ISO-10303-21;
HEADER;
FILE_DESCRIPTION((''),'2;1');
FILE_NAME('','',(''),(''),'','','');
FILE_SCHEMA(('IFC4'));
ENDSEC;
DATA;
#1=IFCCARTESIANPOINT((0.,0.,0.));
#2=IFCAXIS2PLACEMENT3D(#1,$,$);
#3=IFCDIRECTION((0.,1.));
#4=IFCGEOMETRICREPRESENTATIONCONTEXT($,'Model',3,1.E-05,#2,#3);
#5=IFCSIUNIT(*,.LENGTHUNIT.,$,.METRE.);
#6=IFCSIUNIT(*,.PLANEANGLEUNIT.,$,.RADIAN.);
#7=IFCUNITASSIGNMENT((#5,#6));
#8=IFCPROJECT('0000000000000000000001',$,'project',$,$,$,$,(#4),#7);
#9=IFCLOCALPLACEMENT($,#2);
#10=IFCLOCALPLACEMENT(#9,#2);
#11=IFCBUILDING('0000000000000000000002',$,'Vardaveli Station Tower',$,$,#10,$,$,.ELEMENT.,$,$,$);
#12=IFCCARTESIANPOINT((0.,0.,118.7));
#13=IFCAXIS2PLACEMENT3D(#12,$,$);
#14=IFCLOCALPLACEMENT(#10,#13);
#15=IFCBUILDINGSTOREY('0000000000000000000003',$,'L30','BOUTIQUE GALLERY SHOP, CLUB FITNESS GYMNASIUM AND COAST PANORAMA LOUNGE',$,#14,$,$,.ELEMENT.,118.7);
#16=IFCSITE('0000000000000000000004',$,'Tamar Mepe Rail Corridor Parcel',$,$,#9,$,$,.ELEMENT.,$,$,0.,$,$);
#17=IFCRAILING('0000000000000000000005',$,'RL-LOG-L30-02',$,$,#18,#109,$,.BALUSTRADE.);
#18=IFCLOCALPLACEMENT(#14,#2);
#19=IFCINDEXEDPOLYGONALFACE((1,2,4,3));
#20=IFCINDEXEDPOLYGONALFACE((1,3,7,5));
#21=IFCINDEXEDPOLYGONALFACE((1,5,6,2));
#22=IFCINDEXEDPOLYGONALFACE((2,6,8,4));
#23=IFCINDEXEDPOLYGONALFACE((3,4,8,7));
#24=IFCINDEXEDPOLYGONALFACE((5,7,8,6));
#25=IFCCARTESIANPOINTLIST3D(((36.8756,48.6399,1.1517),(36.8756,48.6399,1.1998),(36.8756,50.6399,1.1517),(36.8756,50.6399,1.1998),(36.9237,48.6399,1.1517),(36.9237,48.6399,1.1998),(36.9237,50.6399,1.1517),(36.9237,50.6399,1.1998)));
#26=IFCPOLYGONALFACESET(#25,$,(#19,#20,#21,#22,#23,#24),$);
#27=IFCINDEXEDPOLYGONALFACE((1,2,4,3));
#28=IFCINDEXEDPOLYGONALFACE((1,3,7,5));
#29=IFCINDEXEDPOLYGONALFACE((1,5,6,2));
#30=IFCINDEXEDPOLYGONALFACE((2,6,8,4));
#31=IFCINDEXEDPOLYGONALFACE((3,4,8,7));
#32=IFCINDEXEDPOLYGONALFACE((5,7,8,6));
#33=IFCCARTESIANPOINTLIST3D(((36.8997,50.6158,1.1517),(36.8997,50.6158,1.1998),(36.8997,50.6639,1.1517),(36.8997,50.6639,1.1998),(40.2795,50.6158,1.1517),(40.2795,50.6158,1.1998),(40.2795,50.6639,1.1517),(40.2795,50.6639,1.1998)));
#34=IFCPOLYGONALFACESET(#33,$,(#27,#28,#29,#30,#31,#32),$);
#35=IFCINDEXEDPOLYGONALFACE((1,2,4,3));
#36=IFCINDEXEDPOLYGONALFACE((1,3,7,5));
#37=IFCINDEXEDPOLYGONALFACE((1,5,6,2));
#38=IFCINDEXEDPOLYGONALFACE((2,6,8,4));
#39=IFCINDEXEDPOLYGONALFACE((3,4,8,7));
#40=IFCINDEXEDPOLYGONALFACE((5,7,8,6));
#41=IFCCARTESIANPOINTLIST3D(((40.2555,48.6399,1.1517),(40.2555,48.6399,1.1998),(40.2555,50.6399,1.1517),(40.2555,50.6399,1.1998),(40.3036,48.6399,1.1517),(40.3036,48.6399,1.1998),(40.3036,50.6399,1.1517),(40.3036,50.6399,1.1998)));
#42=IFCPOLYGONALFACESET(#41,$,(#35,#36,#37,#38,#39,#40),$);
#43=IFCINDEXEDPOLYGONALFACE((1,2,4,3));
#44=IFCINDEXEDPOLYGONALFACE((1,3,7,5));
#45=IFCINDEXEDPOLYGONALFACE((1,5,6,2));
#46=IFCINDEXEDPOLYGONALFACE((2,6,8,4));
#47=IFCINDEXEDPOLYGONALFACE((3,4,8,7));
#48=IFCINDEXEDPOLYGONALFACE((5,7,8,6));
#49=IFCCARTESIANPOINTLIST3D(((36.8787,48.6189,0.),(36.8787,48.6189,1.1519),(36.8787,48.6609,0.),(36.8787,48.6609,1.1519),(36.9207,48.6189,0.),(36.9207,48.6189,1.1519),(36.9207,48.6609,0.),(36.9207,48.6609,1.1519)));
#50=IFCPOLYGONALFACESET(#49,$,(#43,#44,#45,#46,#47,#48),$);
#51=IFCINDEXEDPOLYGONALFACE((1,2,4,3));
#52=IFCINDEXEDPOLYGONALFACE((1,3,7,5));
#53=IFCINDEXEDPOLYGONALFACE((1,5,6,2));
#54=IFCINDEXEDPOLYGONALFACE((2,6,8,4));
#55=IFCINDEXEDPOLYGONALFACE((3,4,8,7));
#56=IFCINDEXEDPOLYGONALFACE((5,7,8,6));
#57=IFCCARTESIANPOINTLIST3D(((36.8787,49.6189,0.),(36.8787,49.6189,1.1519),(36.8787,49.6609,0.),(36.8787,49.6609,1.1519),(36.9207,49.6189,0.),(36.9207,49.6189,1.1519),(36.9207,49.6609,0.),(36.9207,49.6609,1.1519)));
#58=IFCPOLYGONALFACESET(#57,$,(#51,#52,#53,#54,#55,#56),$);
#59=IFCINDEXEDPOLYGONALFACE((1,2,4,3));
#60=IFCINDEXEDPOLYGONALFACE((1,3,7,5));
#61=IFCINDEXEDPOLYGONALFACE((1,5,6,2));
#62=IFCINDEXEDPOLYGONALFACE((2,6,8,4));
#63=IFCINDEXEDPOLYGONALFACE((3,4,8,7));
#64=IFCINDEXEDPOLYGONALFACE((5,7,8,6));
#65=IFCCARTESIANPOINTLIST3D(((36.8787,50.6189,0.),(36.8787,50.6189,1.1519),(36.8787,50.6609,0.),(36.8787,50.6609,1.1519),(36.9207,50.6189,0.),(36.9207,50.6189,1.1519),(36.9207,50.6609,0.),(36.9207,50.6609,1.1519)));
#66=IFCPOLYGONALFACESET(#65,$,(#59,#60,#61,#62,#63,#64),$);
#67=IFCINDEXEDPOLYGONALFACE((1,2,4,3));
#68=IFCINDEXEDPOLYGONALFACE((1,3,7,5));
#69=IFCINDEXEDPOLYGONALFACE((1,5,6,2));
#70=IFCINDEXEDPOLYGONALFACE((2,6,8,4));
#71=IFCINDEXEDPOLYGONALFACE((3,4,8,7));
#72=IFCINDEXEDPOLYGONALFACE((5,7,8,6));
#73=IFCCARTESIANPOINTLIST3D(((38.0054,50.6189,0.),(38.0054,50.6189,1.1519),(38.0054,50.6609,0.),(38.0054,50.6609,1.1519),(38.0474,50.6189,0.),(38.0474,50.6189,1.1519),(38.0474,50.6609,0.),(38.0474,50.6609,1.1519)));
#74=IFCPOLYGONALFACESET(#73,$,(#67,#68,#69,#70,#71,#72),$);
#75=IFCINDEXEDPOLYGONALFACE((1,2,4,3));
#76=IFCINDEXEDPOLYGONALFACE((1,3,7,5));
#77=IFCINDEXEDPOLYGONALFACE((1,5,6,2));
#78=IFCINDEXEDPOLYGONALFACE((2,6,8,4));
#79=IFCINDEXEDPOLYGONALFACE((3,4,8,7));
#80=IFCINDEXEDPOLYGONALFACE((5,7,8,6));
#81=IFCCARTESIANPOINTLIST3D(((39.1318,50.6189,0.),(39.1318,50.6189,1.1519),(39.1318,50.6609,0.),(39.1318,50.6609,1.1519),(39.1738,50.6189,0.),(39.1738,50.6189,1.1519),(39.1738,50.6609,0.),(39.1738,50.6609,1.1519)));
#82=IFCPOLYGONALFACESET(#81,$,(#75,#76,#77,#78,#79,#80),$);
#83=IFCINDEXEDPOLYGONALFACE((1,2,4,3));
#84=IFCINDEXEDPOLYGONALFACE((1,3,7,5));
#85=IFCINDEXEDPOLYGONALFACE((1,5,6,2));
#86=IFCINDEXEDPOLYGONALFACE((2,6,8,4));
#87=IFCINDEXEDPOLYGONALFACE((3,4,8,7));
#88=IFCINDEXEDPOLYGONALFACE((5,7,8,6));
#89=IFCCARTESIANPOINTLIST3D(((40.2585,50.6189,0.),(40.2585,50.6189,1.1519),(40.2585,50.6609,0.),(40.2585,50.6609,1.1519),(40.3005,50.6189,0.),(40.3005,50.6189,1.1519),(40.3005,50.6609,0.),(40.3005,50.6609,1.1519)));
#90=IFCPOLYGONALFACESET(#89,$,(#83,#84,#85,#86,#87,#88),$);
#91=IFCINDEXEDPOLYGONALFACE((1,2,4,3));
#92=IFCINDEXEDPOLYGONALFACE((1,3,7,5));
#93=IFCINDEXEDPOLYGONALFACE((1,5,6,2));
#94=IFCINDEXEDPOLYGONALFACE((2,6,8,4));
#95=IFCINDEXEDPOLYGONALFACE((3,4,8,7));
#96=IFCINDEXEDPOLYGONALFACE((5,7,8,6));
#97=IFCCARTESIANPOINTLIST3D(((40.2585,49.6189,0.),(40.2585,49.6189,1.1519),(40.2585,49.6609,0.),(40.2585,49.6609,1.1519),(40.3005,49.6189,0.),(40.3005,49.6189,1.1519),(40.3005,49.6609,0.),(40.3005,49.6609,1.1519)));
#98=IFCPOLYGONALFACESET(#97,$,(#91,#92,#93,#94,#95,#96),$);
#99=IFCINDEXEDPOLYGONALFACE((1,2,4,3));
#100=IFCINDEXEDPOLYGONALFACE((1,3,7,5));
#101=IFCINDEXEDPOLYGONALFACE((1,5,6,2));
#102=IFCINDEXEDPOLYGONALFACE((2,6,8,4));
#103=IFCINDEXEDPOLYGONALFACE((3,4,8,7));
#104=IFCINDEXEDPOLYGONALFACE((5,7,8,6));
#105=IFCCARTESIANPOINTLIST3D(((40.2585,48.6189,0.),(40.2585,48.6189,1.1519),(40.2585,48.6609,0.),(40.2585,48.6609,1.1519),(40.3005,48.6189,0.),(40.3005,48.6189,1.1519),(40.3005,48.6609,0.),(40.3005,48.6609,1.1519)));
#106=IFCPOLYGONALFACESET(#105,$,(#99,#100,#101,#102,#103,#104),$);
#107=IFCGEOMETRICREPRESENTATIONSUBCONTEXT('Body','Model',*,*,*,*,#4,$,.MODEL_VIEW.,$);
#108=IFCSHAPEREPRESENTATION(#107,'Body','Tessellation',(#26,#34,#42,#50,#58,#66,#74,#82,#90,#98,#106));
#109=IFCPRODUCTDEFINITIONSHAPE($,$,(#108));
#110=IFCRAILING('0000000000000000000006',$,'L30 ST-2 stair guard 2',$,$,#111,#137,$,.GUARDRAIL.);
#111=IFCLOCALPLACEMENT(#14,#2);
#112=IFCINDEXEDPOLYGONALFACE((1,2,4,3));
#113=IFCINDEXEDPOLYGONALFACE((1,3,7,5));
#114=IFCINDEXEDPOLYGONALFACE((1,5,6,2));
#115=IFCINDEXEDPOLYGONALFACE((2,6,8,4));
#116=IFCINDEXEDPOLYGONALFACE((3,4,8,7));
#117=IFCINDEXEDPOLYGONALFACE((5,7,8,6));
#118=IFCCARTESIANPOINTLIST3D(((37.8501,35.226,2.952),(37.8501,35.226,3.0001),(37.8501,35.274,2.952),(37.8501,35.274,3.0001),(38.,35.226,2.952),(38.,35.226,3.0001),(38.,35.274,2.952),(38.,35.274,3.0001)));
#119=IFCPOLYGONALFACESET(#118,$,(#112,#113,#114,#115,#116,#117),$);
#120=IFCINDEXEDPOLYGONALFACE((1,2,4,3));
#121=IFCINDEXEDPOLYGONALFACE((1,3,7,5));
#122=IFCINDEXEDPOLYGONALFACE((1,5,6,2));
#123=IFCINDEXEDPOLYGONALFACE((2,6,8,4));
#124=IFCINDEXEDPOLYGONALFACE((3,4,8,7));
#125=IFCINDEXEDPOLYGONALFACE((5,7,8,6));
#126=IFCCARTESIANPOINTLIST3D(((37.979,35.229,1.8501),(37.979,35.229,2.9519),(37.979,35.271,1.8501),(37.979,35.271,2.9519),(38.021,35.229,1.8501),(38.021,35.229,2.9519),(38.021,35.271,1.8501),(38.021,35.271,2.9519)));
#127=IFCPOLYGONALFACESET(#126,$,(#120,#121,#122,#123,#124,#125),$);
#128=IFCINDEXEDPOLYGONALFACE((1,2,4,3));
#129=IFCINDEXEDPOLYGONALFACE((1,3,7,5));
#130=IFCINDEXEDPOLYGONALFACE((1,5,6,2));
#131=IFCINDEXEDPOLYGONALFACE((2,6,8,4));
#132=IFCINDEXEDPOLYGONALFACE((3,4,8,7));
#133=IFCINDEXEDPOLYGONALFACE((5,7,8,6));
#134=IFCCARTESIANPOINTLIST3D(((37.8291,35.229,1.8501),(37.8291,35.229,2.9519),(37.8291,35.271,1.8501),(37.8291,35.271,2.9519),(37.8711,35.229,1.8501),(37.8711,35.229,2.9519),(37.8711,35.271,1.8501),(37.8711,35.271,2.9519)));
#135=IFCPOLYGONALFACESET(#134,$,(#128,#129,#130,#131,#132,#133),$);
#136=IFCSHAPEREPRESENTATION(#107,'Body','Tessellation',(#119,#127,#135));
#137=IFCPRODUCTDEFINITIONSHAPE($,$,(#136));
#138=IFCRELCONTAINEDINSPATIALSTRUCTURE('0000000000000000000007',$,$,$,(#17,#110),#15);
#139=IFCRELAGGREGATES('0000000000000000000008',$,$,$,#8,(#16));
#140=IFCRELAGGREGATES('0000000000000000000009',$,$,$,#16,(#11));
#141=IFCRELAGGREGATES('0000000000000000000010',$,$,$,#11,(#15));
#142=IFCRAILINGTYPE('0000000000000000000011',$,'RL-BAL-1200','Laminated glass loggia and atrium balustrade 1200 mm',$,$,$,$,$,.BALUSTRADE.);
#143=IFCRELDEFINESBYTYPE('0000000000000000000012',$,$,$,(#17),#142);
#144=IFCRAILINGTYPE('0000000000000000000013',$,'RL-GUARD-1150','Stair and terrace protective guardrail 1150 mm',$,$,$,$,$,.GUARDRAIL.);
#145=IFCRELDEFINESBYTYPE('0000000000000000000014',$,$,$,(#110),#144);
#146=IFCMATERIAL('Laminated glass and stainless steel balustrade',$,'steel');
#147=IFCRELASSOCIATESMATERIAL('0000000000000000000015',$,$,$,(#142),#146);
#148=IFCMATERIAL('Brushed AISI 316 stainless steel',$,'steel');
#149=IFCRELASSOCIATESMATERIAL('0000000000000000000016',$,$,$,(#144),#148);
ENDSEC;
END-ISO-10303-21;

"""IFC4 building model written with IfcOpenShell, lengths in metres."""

from ifc_helpers import new_model, si_unit, direction, frame, origin, origin_2d, place, context, subcontext, project, spatial, rectangle, extrude, source, transform, mapped, material, type_object, element, save


model = new_model("IFC4")

# Units and contexts
model_context = context("Model", 3, precision=1e-05, world=origin(), true_north=direction((0.0, 1.0)))
body_context = subcontext(model_context, "Body", "Model", "MODEL_VIEW")
ifc_project = project(units=[si_unit("LENGTHUNIT", "METRE"), si_unit("PLANEANGLEUNIT", "RADIAN")], contexts=[model_context])

# Site, building, storey
site_placement = place(None, origin())
site = spatial("IfcSite", under=ifc_project, at=site_placement, Name="Tamar Mepe Rail Corridor Parcel", CompositionType="ELEMENT", RefElevation=0.0)
building_placement = place(site_placement, origin())
building = spatial("IfcBuilding", under=site, at=building_placement, Name="Vardaveli Station Tower", CompositionType="ELEMENT")
storey_placement = place(building_placement, frame((0.0, 0.0, 118.7)))
storey = spatial("IfcBuildingStorey", under=building, at=storey_placement, Name="L30", Description="BOUTIQUE GALLERY SHOP, CLUB FITNESS GYMNASIUM AND COAST PANORAMA LOUNGE", CompositionType="ELEMENT", Elevation=118.7)

# Railings
ifc_material_1 = material(Name="Laminated glass and stainless steel balustrade", Category="steel")
railing_type_1 = type_object("IfcRailingType", Name="RL-BAL-1200", Description="Laminated glass loggia and atrium balustrade 1200 mm", PredefinedType="BALUSTRADE", material=ifc_material_1)
shared_shape_1 = source(origin(), body_context, "Body", "SweptSolid", [
    extrude(rectangle(XDim=0.0481, YDim=0.0481, at=origin_2d()), frame((0.0, 0.0, 1.1758), z_axis=(0.0, 1.0, 0.0), x_axis=(-1.0, 0.0, 0.0)), (0.0, 0.0, 1.0), 2.0),
    extrude(rectangle(XDim=0.0481, YDim=0.0481, at=origin_2d()), frame((0.0, 2.0, 1.1758), z_axis=(1.0, 0.0, 0.0), x_axis=(0.0, 1.0, 0.0)), (0.0, 0.0, 1.0), 3.3799),
    extrude(rectangle(XDim=0.0481, YDim=0.0481, at=origin_2d()), frame((3.3799, 2.0, 1.1758), z_axis=(0.0, -1.0, 0.0), x_axis=(1.0, 0.0, 0.0)), (0.0, 0.0, 1.0), 2.0),
    extrude(rectangle(XDim=0.042, YDim=0.042, at=origin_2d()), origin(), (0.0, 0.0, 1.0), 1.1519),
    extrude(rectangle(XDim=0.042, YDim=0.042, at=origin_2d()), frame((0.0, 1.0, 0.0)), (0.0, 0.0, 1.0), 1.1519),
    extrude(rectangle(XDim=0.042, YDim=0.042, at=origin_2d()), frame((0.0, 2.0, 0.0)), (0.0, 0.0, 1.0), 1.1519),
    extrude(rectangle(XDim=0.042, YDim=0.042, at=origin_2d()), frame((1.1267, 2.0, 0.0)), (0.0, 0.0, 1.0), 1.1519),
    extrude(rectangle(XDim=0.042, YDim=0.042, at=origin_2d()), frame((2.2532, 2.0, 0.0)), (0.0, 0.0, 1.0), 1.1519),
    extrude(rectangle(XDim=0.042, YDim=0.042, at=origin_2d()), frame((3.3799, 2.0, 0.0)), (0.0, 0.0, 1.0), 1.1519),
    extrude(rectangle(XDim=0.042, YDim=0.042, at=origin_2d()), frame((3.3799, 1.0, 0.0)), (0.0, 0.0, 1.0), 1.1519),
    extrude(rectangle(XDim=0.042, YDim=0.042, at=origin_2d()), frame((3.3799, 0.0, 0.0)), (0.0, 0.0, 1.0), 1.1519),
])
railing_1_placement = place(storey_placement, frame((36.8997, 48.6399, 0.0)))
element("IfcRailing", 1, at=railing_1_placement, inside=storey, type_object=railing_type_1, Name="RL-LOG-L30-02", PredefinedType="BALUSTRADE", context=body_context, shape_type="MappedRepresentation", body=[
    mapped(shared_shape_1, transform((0.0, 0.0, 0.0), scale=1.0)),
])
ifc_material_2 = material(Name="Brushed AISI 316 stainless steel", Category="steel")
railing_type_2 = type_object("IfcRailingType", Name="RL-GUARD-1150", Description="Stair and terrace protective guardrail 1150 mm", PredefinedType="GUARDRAIL", material=ifc_material_2)
shared_shape_2 = source(origin(), body_context, "Body", "SweptSolid", [
    extrude(rectangle(XDim=0.0481, YDim=0.0481, at=origin_2d()), frame((0.0, 0.0, 1.126), z_axis=(-1.0, 0.0, 0.0), x_axis=(0.0, -1.0, 0.0)), (0.0, 0.0, 1.0), 0.1499),
    extrude(rectangle(XDim=0.042, YDim=0.042, at=origin_2d()), origin(), (0.0, 0.0, 1.0), 1.1018),
    extrude(rectangle(XDim=0.042, YDim=0.042, at=origin_2d()), frame((-0.1499, 0.0, 0.0)), (0.0, 0.0, 1.0), 1.1018),
])
railing_2_placement = place(storey_placement, frame((38.0, 35.25, 1.8501)))
element("IfcRailing", 2, at=railing_2_placement, inside=storey, type_object=railing_type_2, Name="L30 ST-2 stair guard 2", PredefinedType="GUARDRAIL", context=body_context, shape_type="MappedRepresentation", body=[
    mapped(shared_shape_2, transform((0.0, 0.0, 0.0), scale=1.0)),
])

save(model, "model.ifc")
